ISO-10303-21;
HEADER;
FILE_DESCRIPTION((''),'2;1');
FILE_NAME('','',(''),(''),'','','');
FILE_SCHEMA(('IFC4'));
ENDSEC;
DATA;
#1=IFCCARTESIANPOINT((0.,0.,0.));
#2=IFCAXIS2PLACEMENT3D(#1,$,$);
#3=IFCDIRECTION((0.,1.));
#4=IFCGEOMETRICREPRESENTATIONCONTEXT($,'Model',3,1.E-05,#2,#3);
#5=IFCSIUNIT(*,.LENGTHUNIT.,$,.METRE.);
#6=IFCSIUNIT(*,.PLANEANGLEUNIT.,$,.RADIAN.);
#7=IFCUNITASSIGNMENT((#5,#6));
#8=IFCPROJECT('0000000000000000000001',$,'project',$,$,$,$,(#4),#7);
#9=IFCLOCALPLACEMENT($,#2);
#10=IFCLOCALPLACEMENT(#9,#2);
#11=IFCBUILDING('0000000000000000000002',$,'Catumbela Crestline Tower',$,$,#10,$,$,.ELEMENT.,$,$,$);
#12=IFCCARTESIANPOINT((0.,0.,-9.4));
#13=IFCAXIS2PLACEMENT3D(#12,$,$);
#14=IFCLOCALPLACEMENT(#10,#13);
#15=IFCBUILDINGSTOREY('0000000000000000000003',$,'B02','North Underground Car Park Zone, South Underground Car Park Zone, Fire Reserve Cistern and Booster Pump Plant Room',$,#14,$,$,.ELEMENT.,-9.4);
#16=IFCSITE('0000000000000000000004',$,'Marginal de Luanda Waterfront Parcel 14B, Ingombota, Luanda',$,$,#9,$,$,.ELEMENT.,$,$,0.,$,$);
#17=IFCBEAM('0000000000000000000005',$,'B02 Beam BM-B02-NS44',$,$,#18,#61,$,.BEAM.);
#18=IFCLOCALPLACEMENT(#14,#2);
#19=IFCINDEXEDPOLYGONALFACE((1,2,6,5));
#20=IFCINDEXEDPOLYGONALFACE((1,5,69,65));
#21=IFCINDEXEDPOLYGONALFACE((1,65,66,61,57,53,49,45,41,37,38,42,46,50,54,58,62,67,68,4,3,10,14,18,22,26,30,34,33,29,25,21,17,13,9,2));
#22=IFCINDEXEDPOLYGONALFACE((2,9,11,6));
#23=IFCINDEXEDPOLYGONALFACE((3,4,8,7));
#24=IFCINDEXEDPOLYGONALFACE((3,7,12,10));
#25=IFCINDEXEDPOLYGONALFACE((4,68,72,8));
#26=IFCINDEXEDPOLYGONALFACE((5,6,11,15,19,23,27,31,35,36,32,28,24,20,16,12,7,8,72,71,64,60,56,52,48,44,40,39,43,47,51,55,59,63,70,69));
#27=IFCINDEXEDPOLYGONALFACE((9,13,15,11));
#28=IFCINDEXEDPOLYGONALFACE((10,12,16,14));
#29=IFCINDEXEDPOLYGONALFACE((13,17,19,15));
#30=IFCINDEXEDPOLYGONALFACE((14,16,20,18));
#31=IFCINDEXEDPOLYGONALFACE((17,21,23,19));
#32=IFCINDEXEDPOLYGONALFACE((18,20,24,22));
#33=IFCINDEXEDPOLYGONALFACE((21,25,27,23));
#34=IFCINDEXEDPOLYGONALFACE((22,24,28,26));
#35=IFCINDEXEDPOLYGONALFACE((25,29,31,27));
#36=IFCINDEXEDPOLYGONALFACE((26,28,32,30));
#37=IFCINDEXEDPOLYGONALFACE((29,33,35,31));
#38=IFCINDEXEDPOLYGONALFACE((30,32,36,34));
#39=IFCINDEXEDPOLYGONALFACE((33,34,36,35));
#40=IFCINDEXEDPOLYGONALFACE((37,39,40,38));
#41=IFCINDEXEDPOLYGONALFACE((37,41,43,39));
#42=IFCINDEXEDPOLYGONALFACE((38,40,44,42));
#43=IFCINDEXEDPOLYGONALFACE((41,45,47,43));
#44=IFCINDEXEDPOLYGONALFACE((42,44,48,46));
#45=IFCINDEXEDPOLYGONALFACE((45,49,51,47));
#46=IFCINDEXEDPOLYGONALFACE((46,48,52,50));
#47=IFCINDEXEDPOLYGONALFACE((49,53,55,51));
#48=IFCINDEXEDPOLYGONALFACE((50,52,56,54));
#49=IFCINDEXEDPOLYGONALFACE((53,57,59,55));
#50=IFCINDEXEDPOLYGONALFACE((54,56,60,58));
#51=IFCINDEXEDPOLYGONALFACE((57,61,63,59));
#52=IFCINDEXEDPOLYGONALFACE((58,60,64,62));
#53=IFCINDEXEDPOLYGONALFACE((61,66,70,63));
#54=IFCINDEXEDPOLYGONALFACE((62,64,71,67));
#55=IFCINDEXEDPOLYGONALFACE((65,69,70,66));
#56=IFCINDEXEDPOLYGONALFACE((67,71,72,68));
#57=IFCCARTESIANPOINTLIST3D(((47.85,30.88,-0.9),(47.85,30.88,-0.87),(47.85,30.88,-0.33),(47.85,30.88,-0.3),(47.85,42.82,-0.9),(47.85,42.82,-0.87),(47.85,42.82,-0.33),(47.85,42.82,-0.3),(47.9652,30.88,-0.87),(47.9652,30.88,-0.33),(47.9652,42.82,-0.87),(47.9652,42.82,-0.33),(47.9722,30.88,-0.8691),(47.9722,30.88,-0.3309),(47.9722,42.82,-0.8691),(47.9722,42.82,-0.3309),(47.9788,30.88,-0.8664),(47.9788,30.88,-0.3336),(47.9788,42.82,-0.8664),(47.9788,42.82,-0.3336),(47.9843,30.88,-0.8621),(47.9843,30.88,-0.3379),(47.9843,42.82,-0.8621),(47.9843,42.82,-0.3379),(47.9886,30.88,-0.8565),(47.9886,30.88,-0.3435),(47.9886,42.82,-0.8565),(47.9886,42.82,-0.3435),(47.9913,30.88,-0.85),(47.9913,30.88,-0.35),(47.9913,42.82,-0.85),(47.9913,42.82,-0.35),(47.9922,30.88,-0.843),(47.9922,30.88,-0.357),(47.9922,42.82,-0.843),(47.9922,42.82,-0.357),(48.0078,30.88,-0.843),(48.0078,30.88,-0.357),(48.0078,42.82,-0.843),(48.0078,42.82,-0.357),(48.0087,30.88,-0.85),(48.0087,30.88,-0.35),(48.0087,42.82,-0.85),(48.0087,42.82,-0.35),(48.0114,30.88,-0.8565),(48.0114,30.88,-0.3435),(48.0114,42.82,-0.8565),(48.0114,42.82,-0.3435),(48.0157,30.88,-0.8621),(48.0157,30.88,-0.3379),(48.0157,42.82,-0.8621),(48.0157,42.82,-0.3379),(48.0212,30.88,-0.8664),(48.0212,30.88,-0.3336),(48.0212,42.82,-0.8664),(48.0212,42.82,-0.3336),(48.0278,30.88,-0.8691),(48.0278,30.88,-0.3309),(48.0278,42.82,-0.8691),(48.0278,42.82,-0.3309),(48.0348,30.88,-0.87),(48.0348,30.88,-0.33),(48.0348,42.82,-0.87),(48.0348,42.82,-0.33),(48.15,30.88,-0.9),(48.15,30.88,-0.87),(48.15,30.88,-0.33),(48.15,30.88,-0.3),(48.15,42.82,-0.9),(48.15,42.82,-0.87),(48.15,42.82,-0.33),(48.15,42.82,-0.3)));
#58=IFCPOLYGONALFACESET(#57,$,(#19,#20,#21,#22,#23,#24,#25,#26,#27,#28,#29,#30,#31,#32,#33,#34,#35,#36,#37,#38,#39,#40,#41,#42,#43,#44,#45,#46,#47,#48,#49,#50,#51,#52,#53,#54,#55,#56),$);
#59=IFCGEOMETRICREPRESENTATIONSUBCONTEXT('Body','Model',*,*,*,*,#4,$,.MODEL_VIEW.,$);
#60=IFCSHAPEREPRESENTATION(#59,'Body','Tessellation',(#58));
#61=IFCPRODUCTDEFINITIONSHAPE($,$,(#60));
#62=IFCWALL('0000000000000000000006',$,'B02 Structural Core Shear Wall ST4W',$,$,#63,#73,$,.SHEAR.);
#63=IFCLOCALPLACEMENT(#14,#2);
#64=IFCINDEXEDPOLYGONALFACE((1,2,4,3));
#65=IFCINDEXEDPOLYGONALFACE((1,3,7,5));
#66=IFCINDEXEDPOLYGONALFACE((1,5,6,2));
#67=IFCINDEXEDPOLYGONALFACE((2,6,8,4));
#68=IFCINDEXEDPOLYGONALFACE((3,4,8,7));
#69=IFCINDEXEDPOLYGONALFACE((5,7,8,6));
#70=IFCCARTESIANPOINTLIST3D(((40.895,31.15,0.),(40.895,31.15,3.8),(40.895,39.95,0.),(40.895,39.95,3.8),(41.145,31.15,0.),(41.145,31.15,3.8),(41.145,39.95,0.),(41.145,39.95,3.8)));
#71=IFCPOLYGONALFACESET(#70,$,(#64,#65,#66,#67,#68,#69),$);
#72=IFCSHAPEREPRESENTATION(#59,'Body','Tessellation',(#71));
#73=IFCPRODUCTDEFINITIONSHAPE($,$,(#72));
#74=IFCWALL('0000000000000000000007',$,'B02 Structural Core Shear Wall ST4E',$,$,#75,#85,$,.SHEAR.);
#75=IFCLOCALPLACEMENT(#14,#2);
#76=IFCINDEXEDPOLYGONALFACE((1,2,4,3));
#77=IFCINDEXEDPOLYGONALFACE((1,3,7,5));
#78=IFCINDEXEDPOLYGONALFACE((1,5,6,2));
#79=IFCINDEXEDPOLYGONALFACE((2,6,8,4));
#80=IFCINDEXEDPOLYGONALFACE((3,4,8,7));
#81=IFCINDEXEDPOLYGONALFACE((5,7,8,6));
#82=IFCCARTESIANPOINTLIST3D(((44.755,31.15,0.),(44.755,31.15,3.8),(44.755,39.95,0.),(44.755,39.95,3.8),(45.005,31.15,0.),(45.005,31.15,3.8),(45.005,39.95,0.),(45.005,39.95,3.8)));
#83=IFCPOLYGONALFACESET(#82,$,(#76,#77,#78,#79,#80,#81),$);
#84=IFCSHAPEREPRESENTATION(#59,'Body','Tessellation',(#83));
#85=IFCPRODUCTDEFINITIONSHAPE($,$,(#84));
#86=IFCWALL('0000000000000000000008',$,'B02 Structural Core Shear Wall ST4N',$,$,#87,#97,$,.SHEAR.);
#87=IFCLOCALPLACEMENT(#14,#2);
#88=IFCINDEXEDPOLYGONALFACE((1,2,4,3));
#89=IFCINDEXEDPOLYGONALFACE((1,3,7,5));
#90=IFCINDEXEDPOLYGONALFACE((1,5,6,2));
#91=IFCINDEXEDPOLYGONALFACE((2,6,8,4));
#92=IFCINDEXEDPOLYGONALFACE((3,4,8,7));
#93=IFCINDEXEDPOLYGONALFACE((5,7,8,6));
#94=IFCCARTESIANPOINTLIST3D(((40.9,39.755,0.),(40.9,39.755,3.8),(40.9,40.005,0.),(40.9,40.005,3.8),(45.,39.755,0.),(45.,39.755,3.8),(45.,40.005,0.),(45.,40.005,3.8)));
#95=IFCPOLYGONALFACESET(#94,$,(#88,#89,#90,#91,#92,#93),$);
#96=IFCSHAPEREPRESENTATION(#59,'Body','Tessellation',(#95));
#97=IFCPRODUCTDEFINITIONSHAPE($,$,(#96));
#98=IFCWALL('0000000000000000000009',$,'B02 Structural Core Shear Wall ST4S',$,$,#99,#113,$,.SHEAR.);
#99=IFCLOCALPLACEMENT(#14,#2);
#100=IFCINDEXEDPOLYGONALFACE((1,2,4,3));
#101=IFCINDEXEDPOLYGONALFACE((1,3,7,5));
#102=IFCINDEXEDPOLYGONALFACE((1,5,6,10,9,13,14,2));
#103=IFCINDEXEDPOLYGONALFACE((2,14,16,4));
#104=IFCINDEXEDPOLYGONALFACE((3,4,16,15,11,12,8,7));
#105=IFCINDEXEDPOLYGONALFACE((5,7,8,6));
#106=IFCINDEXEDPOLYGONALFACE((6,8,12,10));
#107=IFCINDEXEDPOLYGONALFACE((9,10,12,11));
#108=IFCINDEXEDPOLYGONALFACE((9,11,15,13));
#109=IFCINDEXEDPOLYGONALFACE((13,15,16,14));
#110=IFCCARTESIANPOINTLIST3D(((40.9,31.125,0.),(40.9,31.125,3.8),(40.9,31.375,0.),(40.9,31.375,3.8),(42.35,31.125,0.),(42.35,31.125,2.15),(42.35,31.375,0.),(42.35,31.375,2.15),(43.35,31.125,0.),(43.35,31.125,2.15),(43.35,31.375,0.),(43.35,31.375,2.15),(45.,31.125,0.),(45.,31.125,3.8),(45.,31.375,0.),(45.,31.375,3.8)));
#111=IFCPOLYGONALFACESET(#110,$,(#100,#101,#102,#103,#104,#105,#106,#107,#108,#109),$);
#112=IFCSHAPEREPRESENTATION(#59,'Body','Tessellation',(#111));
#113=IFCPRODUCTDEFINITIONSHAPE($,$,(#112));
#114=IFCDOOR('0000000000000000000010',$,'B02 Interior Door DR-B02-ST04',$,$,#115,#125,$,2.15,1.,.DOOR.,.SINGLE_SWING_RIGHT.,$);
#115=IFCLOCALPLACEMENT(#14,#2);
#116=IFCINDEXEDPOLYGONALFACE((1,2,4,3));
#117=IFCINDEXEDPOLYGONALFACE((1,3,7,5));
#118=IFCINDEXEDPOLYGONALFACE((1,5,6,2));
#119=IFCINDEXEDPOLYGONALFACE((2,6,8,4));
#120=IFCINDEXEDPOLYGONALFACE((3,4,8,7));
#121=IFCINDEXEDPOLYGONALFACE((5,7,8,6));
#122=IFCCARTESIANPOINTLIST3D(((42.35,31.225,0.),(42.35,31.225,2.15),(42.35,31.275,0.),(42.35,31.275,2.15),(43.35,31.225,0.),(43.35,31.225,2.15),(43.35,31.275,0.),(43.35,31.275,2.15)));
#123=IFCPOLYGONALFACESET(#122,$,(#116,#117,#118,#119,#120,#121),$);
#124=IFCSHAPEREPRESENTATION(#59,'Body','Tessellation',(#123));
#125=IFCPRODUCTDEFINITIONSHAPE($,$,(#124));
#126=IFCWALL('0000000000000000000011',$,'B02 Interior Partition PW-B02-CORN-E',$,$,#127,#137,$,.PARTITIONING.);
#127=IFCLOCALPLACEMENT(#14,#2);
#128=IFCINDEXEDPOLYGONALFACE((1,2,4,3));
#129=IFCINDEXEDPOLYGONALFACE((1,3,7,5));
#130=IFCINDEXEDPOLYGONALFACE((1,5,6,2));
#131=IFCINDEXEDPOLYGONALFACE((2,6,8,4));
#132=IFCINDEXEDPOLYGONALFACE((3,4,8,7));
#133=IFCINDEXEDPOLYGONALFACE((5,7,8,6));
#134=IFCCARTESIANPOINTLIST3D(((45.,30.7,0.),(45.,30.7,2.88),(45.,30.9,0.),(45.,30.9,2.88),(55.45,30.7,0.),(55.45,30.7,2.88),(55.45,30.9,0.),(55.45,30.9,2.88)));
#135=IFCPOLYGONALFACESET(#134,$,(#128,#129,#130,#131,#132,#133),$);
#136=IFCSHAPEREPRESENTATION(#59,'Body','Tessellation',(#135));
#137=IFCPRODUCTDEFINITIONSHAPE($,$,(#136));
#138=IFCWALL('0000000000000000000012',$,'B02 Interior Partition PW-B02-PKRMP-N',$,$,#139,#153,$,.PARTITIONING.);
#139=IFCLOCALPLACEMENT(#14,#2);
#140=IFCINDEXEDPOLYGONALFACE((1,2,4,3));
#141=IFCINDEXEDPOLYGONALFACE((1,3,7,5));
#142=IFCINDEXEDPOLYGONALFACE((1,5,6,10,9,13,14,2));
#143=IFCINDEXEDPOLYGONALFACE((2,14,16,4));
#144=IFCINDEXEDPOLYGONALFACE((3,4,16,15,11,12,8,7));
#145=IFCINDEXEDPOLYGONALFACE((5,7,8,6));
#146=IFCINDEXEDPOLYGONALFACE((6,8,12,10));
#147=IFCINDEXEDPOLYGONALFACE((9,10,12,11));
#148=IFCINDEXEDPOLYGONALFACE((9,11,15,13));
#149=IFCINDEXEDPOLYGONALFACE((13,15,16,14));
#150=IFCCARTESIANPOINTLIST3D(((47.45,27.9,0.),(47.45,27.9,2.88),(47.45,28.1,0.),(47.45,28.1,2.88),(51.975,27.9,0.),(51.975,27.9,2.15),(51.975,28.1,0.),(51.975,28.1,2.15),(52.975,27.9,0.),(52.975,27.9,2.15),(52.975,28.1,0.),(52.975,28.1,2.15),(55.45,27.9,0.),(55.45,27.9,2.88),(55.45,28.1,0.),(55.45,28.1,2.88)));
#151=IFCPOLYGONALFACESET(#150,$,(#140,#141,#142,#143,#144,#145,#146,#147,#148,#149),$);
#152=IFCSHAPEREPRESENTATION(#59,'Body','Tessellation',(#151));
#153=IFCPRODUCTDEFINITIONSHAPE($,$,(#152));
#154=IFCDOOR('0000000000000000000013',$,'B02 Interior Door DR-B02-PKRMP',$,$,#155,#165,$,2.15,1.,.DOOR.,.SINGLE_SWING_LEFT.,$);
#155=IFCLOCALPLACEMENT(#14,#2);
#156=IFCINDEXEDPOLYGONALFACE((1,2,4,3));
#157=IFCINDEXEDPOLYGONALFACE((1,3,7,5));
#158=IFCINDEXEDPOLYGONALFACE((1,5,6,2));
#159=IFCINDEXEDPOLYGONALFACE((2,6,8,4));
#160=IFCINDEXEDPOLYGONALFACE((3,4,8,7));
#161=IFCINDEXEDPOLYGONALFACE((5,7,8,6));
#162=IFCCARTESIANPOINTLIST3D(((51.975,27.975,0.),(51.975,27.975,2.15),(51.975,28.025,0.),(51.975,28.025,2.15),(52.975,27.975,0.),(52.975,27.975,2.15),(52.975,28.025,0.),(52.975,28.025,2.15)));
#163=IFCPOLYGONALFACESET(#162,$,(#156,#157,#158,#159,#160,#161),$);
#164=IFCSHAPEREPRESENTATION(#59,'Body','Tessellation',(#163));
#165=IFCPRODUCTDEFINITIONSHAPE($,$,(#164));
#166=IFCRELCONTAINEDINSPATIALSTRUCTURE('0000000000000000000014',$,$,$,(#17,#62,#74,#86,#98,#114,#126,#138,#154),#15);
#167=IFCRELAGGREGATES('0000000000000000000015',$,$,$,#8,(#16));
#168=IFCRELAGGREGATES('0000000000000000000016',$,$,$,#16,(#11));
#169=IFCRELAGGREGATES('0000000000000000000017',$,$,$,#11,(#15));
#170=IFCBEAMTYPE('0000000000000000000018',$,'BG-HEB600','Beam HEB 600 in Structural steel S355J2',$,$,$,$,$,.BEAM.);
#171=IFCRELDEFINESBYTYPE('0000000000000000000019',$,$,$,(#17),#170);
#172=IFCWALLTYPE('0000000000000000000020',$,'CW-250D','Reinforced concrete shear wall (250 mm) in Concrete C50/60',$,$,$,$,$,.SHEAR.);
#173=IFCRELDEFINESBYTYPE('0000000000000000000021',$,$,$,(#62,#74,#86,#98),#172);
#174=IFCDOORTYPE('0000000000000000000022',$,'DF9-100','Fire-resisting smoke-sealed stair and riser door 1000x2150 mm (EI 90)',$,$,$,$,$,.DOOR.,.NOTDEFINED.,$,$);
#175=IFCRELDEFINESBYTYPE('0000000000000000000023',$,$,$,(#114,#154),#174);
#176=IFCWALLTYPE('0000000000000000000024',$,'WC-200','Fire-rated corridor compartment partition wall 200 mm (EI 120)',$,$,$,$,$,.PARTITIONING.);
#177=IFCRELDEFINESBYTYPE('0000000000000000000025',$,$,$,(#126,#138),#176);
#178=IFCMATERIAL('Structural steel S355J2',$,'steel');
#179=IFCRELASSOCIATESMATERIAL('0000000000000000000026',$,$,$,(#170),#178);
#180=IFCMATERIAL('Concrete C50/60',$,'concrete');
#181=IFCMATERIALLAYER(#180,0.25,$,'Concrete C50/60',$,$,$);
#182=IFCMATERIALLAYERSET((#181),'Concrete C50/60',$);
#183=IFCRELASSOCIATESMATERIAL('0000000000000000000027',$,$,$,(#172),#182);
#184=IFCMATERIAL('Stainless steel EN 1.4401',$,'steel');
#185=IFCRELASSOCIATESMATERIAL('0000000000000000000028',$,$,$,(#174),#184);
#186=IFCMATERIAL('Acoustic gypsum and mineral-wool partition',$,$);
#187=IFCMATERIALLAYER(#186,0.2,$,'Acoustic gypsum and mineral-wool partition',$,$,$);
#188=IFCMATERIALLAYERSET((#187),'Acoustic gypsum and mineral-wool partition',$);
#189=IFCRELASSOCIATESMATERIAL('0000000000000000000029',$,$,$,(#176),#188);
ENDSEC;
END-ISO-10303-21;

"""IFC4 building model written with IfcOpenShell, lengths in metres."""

from ifc_helpers import new_model, si_unit, direction, frame, frame_2d, origin, origin_2d, place, context, subcontext, project, spatial, rectangle, i_section, extrude, material, layer, layer_set, material_profile, profile_set, type_object, element, fill, save


model = new_model("IFC4")

# Units and contexts
model_context = context("Model", 3, precision=1e-05, world=origin(), true_north=direction((0.0, 1.0)))
body_context = subcontext(model_context, "Body", "Model", "MODEL_VIEW")
ifc_project = project(units=[si_unit("LENGTHUNIT", "METRE"), si_unit("PLANEANGLEUNIT", "RADIAN")], contexts=[model_context])

# Site, building, storey
site_placement = place(None, origin())
site = spatial("IfcSite", under=ifc_project, at=site_placement, Name="Marginal de Luanda Waterfront Parcel 14B, Ingombota, Luanda", CompositionType="ELEMENT", RefElevation=0.0)
building_placement = place(site_placement, origin())
building = spatial("IfcBuilding", under=site, at=building_placement, Name="Catumbela Crestline Tower", CompositionType="ELEMENT")
storey_placement = place(building_placement, frame((0.0, 0.0, -9.4)))
storey = spatial("IfcBuildingStorey", under=building, at=storey_placement, Name="B02", Description="North Underground Car Park Zone, South Underground Car Park Zone, Fire Reserve Cistern and Booster Pump Plant Room", CompositionType="ELEMENT", Elevation=-9.4)

# Beam
ifc_material_1 = material(Name="Structural steel S355J2", Category="steel")
ifc_material_profile_1 = material_profile(ifc_material_1, i_section(OverallWidth=0.3, OverallDepth=0.6, WebThickness=0.0155, FlangeThickness=0.03, FilletRadius=0.027, at=origin_2d()), Name="HEB 600")
ifc_profile_set_1 = profile_set([ifc_material_profile_1], Name="Structural steel S355J2")
beam_type = type_object("IfcBeamType", Name="BG-HEB600", Description="Beam HEB 600 in Structural steel S355J2", PredefinedType="BEAM", material=ifc_profile_set_1)
beam_1_placement = place(storey_placement, frame((48.0, 30.88, -0.6), z_axis=(0.0, 1.0, 0.0), x_axis=(-1.0, 0.0, 0.0)))
element("IfcBeam", 1, at=beam_1_placement, inside=storey, type_object=beam_type, Name="B02 Beam BM-B02-NS44", PredefinedType="BEAM", context=body_context, shape_type="SweptSolid", body=[
    extrude(i_section(OverallWidth=0.3, OverallDepth=0.6, WebThickness=0.0155, FlangeThickness=0.03, FilletRadius=0.027, at=origin_2d()), origin(), (0.0, 0.0, 1.0), 11.94),
])

# Walls
ifc_material_2 = material(Name="Concrete C50/60", Category="concrete")
ifc_layer_1 = layer(ifc_material_2, 0.25, Name="Concrete C50/60")
ifc_layer_set_1 = layer_set([ifc_layer_1], Name="Concrete C50/60")
wall_type_1 = type_object("IfcWallType", Name="CW-250D", Description="Reinforced concrete shear wall (250 mm) in Concrete C50/60", PredefinedType="SHEAR", material=ifc_layer_set_1)
for number, where, z_axis, x_axis, name in (
    (2, (41.02, 31.15, 0.0), (0.0, 0.0, 1.0), (0.0, 1.0, 0.0), "B02 Structural Core Shear Wall ST4W"),
    (3, (44.88, 31.15, 0.0), (0.0, 0.0, 1.0), (0.0, 1.0, 0.0), "B02 Structural Core Shear Wall ST4E"),
):
    element("IfcWall", number, at=place(storey_placement, frame(where, z_axis=z_axis, x_axis=x_axis)), inside=storey, type_object=wall_type_1, Name=name, PredefinedType="SHEAR", context=body_context, shape_type="SweptSolid", body=[
        extrude(rectangle(XDim=8.8, YDim=0.25, at=frame_2d((4.4, 0.0))), origin(), (0.0, 0.0, 1.0), 3.8),
    ])
wall_1_placement = place(storey_placement, frame((40.9, 39.88, 0.0), z_axis=(0.0, 0.0, 1.0), x_axis=(1.0, 0.0, 0.0)))
element("IfcWall", 4, at=wall_1_placement, inside=storey, type_object=wall_type_1, Name="B02 Structural Core Shear Wall ST4N", PredefinedType="SHEAR", context=body_context, shape_type="SweptSolid", body=[
    extrude(rectangle(XDim=4.1, YDim=0.25, at=frame_2d((2.05, 0.0))), origin(), (0.0, 0.0, 1.0), 3.8),
])

# Wall, opening, door
wall_2_placement = place(storey_placement, frame((40.9, 31.25, 0.0), z_axis=(0.0, 0.0, 1.0), x_axis=(1.0, 0.0, 0.0)))
wall_2 = element("IfcWall", 5, at=wall_2_placement, inside=storey, type_object=wall_type_1, Name="B02 Structural Core Shear Wall ST4S", PredefinedType="SHEAR", context=body_context, shape_type="SweptSolid", body=[
    extrude(rectangle(XDim=4.1, YDim=0.25, at=frame_2d((2.05, 0.0))), origin(), (0.0, 0.0, 1.0), 3.8),
])
opening_1_placement = place(wall_2_placement, frame((1.45, 0.0, 0.0)))
opening_1 = element("IfcOpeningElement", 6, at=opening_1_placement, cuts=wall_2, PredefinedType="OPENING", context=body_context, shape_type="SweptSolid", body=[
    extrude(rectangle(XDim=1.0, YDim=2.15, at=frame_2d((0.5, 1.075))), frame((0.0, 0.135, 0.0), z_axis=(0.0, -1.0, 0.0), x_axis=(1.0, 0.0, 0.0)), (0.0, 0.0, 1.0), 0.27),
])
ifc_material_3 = material(Name="Stainless steel EN 1.4401", Category="steel")
door_type = type_object("IfcDoorType", Name="DF9-100", Description="Fire-resisting smoke-sealed stair and riser door 1000x2150 mm (EI 90)", OperationType="NOTDEFINED", PredefinedType="DOOR", material=ifc_material_3)
door_1_placement = place(opening_1_placement, origin())
door_1 = element("IfcDoor", 7, at=door_1_placement, inside=storey, type_object=door_type, Name="B02 Interior Door DR-B02-ST04", OperationType="SINGLE_SWING_RIGHT", OverallHeight=2.15, OverallWidth=1.0, PredefinedType="DOOR", context=body_context, shape_type="SweptSolid", body=[
    extrude(rectangle(XDim=1.0, YDim=2.15, at=frame_2d((0.5, 1.075))), frame((0.0, 0.025, 0.0), z_axis=(0.0, -1.0, 0.0), x_axis=(1.0, 0.0, 0.0)), (0.0, 0.0, 1.0), 0.05),
])
fill(opening_1, door_1)

# Wall
ifc_material_4 = material(Name="Acoustic gypsum and mineral-wool partition")
ifc_layer_2 = layer(ifc_material_4, 0.2, Name="Acoustic gypsum and mineral-wool partition")
ifc_layer_set_2 = layer_set([ifc_layer_2], Name="Acoustic gypsum and mineral-wool partition")
wall_type_2 = type_object("IfcWallType", Name="WC-200", Description="Fire-rated corridor compartment partition wall 200 mm (EI 120)", PredefinedType="PARTITIONING", material=ifc_layer_set_2)
wall_3_placement = place(storey_placement, frame((45.0, 30.8, 0.0), z_axis=(0.0, 0.0, 1.0), x_axis=(1.0, 0.0, 0.0)))
element("IfcWall", 8, at=wall_3_placement, inside=storey, type_object=wall_type_2, Name="B02 Interior Partition PW-B02-CORN-E", PredefinedType="PARTITIONING", context=body_context, shape_type="SweptSolid", body=[
    extrude(rectangle(XDim=10.45, YDim=0.2, at=frame_2d((5.225, 0.0))), origin(), (0.0, 0.0, 1.0), 2.88),
])

# Wall, opening, door
wall_4_placement = place(storey_placement, frame((47.45, 28.0, 0.0), z_axis=(0.0, 0.0, 1.0), x_axis=(1.0, 0.0, 0.0)))
wall_4 = element("IfcWall", 9, at=wall_4_placement, inside=storey, type_object=wall_type_2, Name="B02 Interior Partition PW-B02-PKRMP-N", PredefinedType="PARTITIONING", context=body_context, shape_type="SweptSolid", body=[
    extrude(rectangle(XDim=8.0, YDim=0.2, at=frame_2d((4.0, 0.0))), origin(), (0.0, 0.0, 1.0), 2.88),
])
opening_2_placement = place(wall_4_placement, frame((4.525, 0.0, 0.0)))
opening_2 = element("IfcOpeningElement", 10, at=opening_2_placement, cuts=wall_4, PredefinedType="OPENING", context=body_context, shape_type="SweptSolid", body=[
    extrude(rectangle(XDim=1.0, YDim=2.15, at=frame_2d((0.5, 1.075))), frame((0.0, 0.11, 0.0), z_axis=(0.0, -1.0, 0.0), x_axis=(1.0, 0.0, 0.0)), (0.0, 0.0, 1.0), 0.22),
])
door_2_placement = place(opening_2_placement, origin())
door_2 = element("IfcDoor", 11, at=door_2_placement, inside=storey, type_object=door_type, Name="B02 Interior Door DR-B02-PKRMP", OperationType="SINGLE_SWING_LEFT", OverallHeight=2.15, OverallWidth=1.0, PredefinedType="DOOR", context=body_context, shape_type="SweptSolid", body=[
    extrude(rectangle(XDim=1.0, YDim=2.15, at=frame_2d((0.5, 1.075))), frame((0.0, 0.025, 0.0), z_axis=(0.0, -1.0, 0.0), x_axis=(1.0, 0.0, 0.0)), (0.0, 0.0, 1.0), 0.05),
])
fill(opening_2, door_2)

save(model, "model.ifc")
